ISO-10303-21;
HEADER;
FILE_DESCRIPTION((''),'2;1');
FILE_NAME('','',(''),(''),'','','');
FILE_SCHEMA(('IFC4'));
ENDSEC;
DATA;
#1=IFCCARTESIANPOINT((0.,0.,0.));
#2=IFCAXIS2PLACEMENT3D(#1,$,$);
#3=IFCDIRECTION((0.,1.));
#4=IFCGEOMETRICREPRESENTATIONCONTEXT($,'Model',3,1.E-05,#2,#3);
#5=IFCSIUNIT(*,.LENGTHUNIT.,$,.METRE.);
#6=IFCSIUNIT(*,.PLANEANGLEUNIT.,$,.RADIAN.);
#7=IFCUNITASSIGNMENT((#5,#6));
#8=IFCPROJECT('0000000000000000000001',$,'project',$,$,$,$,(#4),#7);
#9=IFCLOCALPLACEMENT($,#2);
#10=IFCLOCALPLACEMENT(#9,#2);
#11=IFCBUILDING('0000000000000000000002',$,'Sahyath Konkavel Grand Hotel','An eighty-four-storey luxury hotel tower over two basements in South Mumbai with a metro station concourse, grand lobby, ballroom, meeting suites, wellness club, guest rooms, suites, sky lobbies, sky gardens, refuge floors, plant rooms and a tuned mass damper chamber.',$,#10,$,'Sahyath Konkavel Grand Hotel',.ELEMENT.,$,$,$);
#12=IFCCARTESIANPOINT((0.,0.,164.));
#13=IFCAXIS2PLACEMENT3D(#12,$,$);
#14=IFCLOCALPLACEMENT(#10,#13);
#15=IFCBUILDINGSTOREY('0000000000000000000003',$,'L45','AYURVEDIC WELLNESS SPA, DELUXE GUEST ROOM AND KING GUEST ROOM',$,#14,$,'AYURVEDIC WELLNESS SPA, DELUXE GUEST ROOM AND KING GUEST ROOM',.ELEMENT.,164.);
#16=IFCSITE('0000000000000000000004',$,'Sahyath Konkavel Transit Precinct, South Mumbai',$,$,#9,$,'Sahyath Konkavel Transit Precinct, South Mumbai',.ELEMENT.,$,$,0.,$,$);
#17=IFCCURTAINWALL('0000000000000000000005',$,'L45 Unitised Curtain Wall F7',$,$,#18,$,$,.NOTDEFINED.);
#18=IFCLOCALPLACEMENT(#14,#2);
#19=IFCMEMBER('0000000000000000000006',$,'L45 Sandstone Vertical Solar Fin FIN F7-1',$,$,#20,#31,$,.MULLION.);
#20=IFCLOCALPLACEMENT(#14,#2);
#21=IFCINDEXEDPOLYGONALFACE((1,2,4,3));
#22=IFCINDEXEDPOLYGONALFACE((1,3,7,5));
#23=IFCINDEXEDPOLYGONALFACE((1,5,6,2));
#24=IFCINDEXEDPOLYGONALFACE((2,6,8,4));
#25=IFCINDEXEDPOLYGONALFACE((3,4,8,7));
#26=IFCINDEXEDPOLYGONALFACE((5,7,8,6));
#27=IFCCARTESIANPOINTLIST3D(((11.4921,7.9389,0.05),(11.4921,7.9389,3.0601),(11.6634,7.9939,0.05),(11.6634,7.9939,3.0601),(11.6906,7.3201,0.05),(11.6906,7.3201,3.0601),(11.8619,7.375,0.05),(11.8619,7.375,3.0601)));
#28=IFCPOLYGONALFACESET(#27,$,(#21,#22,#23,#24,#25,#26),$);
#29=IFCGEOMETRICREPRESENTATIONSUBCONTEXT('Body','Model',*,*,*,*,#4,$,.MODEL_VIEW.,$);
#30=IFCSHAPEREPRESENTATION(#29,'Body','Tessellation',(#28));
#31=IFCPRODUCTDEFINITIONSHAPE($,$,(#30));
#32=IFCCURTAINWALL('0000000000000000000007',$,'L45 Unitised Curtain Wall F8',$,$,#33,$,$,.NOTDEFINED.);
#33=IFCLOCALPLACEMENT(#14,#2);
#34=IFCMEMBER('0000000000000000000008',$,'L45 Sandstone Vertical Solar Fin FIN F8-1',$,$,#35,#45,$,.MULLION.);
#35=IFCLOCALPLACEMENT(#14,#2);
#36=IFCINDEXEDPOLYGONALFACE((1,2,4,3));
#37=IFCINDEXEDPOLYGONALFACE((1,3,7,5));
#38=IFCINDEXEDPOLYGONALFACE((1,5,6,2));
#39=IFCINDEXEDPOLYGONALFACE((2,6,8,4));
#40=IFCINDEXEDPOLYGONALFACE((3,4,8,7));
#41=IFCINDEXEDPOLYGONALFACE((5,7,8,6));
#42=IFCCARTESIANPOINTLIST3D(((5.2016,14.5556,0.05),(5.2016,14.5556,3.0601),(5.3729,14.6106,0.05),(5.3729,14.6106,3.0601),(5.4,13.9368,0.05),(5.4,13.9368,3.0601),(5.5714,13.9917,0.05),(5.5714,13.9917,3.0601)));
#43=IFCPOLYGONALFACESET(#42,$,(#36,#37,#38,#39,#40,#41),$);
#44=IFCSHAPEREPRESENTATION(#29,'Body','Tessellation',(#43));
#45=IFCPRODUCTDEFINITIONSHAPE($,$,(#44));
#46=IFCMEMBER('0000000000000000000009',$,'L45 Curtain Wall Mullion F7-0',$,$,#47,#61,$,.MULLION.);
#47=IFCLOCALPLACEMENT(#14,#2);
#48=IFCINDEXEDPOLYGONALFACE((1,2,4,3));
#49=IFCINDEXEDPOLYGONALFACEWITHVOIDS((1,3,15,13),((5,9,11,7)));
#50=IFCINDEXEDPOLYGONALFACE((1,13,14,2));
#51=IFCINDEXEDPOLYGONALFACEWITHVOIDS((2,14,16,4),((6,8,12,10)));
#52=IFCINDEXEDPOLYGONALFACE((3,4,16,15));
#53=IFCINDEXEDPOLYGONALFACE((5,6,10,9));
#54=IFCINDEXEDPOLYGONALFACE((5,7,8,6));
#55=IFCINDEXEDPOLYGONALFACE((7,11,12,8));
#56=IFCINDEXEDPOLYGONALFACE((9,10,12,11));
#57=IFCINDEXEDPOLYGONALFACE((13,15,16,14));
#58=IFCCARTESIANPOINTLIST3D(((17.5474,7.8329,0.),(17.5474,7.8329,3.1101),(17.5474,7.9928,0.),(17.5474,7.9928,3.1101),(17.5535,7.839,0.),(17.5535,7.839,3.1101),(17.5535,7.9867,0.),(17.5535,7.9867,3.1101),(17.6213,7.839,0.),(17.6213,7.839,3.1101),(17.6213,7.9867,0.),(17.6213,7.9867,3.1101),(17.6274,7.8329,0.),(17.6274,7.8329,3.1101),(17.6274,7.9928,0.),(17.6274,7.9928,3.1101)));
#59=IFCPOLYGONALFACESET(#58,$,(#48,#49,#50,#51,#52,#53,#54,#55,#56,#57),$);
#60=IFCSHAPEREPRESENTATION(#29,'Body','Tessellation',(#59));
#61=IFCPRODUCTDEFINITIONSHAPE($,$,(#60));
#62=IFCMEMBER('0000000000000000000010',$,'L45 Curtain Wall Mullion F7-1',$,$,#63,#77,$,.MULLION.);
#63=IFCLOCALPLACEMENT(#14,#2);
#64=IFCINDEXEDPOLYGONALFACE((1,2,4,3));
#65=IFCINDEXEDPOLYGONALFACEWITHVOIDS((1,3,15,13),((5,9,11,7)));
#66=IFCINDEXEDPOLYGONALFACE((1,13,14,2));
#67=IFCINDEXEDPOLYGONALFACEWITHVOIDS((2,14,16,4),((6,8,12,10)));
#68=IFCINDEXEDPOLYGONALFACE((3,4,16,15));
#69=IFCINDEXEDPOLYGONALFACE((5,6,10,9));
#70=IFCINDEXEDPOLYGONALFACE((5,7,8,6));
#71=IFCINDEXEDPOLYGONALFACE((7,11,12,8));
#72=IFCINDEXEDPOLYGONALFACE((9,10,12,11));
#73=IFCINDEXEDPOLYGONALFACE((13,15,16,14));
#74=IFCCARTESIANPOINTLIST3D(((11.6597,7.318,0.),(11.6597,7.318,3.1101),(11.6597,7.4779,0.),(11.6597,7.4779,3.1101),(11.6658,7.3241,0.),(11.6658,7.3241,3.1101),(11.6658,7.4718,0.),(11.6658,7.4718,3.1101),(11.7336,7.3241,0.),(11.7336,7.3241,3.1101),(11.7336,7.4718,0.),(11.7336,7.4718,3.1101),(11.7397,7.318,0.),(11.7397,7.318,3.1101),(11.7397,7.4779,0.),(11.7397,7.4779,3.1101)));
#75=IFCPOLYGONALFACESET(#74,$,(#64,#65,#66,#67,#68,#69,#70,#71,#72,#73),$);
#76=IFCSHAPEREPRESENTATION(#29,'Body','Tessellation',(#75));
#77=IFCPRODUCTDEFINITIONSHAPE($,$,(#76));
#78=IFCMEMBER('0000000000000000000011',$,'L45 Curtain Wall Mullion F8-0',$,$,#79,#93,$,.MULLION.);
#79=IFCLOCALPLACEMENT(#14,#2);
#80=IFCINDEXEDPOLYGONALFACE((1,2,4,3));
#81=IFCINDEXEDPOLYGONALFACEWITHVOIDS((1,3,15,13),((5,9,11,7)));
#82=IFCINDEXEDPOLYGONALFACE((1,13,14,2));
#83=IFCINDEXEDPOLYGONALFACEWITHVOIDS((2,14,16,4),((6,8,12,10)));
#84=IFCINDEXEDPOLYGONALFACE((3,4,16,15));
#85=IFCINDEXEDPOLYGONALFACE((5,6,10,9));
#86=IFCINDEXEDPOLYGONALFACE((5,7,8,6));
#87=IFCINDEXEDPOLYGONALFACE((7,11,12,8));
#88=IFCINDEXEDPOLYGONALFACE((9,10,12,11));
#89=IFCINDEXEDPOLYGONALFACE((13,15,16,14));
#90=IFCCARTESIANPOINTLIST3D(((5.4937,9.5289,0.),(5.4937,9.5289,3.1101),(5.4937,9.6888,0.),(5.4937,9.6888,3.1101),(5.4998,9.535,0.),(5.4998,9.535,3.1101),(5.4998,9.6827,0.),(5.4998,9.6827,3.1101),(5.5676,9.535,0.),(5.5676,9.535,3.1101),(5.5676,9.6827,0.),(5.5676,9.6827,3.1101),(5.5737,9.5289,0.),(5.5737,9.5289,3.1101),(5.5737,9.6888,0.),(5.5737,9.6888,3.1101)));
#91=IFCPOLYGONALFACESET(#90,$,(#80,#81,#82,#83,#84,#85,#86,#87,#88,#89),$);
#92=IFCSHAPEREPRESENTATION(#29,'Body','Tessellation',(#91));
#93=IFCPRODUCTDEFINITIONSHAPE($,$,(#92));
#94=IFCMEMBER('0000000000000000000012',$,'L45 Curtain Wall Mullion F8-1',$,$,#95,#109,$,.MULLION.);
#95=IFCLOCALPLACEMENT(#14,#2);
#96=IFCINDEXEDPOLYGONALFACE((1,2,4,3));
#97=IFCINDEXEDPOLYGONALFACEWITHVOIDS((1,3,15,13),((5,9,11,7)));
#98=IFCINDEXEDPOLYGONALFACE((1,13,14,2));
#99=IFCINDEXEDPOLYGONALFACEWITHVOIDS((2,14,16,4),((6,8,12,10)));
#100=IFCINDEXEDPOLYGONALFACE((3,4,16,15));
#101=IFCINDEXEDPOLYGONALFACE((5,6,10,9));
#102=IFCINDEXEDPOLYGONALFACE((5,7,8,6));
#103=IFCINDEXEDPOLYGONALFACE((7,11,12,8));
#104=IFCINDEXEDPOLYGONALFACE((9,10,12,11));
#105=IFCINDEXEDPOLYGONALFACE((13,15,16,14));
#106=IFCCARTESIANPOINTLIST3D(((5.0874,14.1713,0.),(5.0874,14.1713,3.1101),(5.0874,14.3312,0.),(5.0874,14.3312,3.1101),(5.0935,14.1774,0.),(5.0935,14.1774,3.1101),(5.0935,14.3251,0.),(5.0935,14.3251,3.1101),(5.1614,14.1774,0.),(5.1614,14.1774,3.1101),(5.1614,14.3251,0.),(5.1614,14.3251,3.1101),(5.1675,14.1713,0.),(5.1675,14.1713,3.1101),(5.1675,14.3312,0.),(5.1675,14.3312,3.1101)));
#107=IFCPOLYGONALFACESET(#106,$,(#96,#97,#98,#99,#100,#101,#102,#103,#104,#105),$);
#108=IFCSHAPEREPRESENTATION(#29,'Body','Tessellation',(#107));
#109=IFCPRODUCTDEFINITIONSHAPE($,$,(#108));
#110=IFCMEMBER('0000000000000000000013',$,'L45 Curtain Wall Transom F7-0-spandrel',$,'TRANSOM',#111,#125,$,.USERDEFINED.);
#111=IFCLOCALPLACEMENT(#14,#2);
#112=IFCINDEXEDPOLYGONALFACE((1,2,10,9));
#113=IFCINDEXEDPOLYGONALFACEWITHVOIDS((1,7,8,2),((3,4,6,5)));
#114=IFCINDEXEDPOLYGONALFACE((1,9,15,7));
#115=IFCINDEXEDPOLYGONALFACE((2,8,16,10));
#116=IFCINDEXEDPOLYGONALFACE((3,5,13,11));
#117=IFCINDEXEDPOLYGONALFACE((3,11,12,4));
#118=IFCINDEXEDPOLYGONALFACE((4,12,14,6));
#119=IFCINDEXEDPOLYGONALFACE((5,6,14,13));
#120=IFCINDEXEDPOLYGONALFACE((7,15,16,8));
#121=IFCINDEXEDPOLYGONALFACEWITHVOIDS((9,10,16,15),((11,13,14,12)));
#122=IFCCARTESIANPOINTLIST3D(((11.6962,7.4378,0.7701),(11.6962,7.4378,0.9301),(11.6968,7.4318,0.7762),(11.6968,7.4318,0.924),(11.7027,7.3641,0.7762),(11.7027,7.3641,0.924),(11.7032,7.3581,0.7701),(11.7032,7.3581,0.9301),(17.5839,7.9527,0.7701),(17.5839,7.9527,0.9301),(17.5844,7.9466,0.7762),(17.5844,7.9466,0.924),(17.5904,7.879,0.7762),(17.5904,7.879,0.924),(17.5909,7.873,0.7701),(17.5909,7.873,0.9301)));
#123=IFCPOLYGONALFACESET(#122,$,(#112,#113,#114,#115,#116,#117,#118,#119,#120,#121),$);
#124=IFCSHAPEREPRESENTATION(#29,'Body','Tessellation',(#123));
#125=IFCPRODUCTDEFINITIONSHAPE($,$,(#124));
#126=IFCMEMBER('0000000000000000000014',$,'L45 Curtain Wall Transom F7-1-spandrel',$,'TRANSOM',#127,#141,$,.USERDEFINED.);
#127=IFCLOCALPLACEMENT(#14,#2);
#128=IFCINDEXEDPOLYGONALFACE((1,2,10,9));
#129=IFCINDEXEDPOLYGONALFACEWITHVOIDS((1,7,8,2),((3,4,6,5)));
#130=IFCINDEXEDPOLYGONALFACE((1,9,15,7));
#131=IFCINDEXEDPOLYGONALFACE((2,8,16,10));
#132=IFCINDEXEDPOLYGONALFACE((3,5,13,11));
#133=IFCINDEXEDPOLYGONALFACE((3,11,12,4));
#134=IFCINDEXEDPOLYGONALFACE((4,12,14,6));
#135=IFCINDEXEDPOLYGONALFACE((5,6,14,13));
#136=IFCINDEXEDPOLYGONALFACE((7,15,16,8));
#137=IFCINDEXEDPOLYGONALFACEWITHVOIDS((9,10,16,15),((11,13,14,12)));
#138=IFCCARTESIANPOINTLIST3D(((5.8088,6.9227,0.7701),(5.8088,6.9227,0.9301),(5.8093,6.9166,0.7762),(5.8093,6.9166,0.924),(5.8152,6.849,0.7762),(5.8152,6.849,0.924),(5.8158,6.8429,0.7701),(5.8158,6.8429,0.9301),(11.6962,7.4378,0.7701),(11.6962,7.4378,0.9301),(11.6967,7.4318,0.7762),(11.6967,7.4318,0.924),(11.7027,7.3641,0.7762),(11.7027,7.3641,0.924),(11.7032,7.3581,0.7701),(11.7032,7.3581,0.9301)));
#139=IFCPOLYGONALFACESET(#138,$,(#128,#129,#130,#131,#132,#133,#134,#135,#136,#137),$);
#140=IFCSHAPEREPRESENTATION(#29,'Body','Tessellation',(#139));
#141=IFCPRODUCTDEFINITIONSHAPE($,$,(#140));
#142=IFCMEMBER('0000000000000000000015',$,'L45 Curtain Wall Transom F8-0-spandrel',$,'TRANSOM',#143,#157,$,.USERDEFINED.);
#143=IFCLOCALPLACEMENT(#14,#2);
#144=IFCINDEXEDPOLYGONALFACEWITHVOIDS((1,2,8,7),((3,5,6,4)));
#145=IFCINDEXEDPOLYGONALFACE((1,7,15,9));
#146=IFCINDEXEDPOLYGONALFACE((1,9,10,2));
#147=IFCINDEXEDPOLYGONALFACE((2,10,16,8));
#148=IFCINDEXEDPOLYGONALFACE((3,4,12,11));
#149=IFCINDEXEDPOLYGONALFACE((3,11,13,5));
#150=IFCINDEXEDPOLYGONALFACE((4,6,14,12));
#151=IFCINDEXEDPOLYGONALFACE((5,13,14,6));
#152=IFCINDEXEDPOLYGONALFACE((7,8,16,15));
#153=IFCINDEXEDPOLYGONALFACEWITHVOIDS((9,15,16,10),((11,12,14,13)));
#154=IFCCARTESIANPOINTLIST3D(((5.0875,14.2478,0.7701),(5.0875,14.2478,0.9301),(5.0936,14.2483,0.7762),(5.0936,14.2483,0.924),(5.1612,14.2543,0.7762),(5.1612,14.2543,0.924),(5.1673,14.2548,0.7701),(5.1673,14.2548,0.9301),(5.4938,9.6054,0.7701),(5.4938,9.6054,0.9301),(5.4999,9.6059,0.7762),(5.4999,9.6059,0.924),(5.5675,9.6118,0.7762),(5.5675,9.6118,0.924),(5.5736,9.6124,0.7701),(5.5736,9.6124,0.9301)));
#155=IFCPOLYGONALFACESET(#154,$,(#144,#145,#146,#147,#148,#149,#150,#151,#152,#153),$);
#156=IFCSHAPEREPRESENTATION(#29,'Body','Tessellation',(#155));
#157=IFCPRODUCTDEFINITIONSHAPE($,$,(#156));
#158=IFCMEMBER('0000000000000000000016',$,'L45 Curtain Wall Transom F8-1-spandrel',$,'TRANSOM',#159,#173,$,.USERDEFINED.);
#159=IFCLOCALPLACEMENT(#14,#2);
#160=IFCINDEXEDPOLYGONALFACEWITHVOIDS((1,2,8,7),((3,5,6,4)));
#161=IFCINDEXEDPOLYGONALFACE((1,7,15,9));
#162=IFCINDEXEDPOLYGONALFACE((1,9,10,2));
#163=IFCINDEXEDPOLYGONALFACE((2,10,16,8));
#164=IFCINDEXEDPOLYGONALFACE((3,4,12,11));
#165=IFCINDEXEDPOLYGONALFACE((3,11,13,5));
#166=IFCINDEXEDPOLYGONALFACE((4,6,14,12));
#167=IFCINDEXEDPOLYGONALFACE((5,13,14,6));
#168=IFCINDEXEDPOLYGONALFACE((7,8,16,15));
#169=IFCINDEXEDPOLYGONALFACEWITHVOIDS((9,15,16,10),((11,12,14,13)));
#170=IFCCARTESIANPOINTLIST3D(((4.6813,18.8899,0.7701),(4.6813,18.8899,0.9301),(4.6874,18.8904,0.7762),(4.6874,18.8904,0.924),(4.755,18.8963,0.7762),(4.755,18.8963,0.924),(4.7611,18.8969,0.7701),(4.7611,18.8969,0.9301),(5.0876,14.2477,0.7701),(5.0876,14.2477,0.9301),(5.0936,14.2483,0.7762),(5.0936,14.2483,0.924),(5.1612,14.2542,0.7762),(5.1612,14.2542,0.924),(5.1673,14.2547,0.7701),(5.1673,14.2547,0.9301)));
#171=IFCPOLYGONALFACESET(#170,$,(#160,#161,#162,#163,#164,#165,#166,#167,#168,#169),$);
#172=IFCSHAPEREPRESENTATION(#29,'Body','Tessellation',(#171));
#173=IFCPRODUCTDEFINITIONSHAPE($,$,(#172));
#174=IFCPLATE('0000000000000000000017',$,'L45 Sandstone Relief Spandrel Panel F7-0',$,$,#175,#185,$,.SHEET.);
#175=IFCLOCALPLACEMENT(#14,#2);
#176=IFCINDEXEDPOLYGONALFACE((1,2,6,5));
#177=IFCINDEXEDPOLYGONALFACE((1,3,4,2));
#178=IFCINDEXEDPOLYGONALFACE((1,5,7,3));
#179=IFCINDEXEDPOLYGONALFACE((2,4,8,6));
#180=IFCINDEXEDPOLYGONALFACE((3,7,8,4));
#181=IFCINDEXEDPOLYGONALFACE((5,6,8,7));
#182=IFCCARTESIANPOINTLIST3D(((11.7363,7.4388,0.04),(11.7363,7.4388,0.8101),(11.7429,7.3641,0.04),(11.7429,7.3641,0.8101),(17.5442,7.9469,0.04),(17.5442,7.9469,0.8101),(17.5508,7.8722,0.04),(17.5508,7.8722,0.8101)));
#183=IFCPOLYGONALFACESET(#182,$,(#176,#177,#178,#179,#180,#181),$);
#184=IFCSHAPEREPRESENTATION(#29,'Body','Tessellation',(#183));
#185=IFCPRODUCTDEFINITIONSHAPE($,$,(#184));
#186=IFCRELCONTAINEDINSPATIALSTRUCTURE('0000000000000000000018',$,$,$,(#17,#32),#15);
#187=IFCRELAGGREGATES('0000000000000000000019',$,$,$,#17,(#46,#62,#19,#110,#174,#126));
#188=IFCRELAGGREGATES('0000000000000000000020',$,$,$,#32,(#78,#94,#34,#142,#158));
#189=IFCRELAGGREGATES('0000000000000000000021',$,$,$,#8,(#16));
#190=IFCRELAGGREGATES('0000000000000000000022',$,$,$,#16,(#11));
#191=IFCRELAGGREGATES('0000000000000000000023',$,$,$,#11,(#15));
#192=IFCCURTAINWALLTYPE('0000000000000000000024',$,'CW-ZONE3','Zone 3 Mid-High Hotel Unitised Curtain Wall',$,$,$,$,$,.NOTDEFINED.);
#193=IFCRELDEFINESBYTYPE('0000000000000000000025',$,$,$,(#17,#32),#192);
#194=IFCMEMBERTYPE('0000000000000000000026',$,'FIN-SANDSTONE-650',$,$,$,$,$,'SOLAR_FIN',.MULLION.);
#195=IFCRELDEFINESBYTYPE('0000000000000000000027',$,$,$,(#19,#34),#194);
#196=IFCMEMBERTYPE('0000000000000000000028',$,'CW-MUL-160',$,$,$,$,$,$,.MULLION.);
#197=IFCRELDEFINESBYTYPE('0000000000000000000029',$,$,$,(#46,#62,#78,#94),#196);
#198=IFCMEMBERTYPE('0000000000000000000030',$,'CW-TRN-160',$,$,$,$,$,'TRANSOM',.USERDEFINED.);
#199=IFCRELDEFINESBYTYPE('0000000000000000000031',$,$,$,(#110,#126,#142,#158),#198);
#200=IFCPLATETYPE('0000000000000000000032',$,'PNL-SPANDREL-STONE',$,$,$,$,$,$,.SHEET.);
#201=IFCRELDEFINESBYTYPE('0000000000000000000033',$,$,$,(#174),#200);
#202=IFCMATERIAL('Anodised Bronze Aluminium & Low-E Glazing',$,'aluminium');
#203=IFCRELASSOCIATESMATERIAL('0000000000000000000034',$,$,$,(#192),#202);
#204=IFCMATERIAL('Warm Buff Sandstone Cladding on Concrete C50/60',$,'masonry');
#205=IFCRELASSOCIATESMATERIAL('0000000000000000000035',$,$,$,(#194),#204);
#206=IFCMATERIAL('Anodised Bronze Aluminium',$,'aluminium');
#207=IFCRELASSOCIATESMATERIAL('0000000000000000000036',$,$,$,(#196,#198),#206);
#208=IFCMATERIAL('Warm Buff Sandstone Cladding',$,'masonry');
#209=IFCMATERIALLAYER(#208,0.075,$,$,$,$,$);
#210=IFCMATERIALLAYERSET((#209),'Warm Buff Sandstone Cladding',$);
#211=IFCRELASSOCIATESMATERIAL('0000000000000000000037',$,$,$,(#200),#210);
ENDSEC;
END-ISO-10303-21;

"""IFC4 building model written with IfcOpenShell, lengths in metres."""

from ifc_helpers import new_model, si_unit, direction, frame, origin, origin_2d, place, context, subcontext, project, spatial, rectangle, hollow_rectangle, extrude, source, transform, mapped, material, layer, layer_set, material_profile, profile_set, type_object, element, aggregate, save


model = new_model("IFC4")

# Units and contexts
model_context = context("Model", 3, precision=1e-05, world=origin(), true_north=direction((0.0, 1.0)))
body_context = subcontext(model_context, "Body", "Model", "MODEL_VIEW")
ifc_project = project(units=[si_unit("LENGTHUNIT", "METRE"), si_unit("PLANEANGLEUNIT", "RADIAN")], contexts=[model_context])

# Site, building, storey
site_placement = place(None, origin())
site = spatial("IfcSite", under=ifc_project, at=site_placement, Name="Sahyath Konkavel Transit Precinct, South Mumbai", LongName="Sahyath Konkavel Transit Precinct, South Mumbai", CompositionType="ELEMENT", RefElevation=0.0)
building_placement = place(site_placement, origin())
building = spatial("IfcBuilding", under=site, at=building_placement, Name="Sahyath Konkavel Grand Hotel", Description="An eighty-four-storey luxury hotel tower over two basements in South Mumbai with a metro station concourse, grand lobby, ballroom, meeting suites, wellness club, guest rooms, suites, sky lobbies, sky gardens, refuge floors, plant rooms and a tuned mass damper chamber.", LongName="Sahyath Konkavel Grand Hotel", CompositionType="ELEMENT")
storey_placement = place(building_placement, frame((0.0, 0.0, 164.0)))
storey = spatial("IfcBuildingStorey", under=building, at=storey_placement, Name="L45", Description="AYURVEDIC WELLNESS SPA, DELUXE GUEST ROOM AND KING GUEST ROOM", LongName="AYURVEDIC WELLNESS SPA, DELUXE GUEST ROOM AND KING GUEST ROOM", CompositionType="ELEMENT", Elevation=164.0)

# Curtain walls, members
ifc_material_1 = material(Name="Anodised Bronze Aluminium & Low-E Glazing", Category="aluminium")
curtain_wall_type = type_object("IfcCurtainWallType", Name="CW-ZONE3", Description="Zone 3 Mid-High Hotel Unitised Curtain Wall", PredefinedType="NOTDEFINED", material=ifc_material_1)
curtain_wall_1_placement = place(storey_placement, origin())
curtain_wall_1 = element("IfcCurtainWall", 1, at=curtain_wall_1_placement, inside=storey, type_object=curtain_wall_type, Name="L45 Unitised Curtain Wall F7", PredefinedType="NOTDEFINED")
ifc_material_2 = material(Name="Warm Buff Sandstone Cladding on Concrete C50/60", Category="masonry")
ifc_material_profile_1 = material_profile(ifc_material_2, rectangle(XDim=0.1799, YDim=0.6499, at=origin_2d()), Name="FIN 180x650")
ifc_profile_set_1 = profile_set([ifc_material_profile_1], Name="Warm Buff Sandstone Cladding on Concrete C50/60")
member_type_1 = type_object("IfcMemberType", Name="FIN-SANDSTONE-650", ElementType="SOLAR_FIN", PredefinedType="MULLION", material=ifc_profile_set_1)
shared_shape_1 = source(origin(), body_context, "Body", "SweptSolid", [
    extrude(rectangle(XDim=0.1799, YDim=0.6499, at=origin_2d()), origin(), (0.0, 0.0, 1.0), 3.01),
])
member_1_placement = place(storey_placement, frame((11.677, 7.657, 0.05), z_axis=(0.0, 0.0, 1.0), x_axis=(0.952236, 0.305363, 0.0)))
member_1 = element("IfcMember", 2, at=member_1_placement, type_object=member_type_1, Name="L45 Sandstone Vertical Solar Fin FIN F7-1", PredefinedType="MULLION", context=body_context, shape_type="MappedRepresentation", body=[
    mapped(shared_shape_1, transform((0.0, 0.0, 0.0), scale=1.0)),
])
curtain_wall_2_placement = place(storey_placement, origin())
curtain_wall_2 = element("IfcCurtainWall", 3, at=curtain_wall_2_placement, inside=storey, type_object=curtain_wall_type, Name="L45 Unitised Curtain Wall F8", PredefinedType="NOTDEFINED")
member_2_placement = place(storey_placement, frame((5.3865, 14.2737, 0.05), z_axis=(0.0, 0.0, 1.0), x_axis=(0.952236, 0.305363, 0.0)))
member_2 = element("IfcMember", 4, at=member_2_placement, type_object=member_type_1, Name="L45 Sandstone Vertical Solar Fin FIN F8-1", PredefinedType="MULLION", context=body_context, shape_type="MappedRepresentation", body=[
    mapped(shared_shape_1, transform((0.0, 0.0, 0.0), scale=1.0)),
])

# Members
ifc_material_3 = material(Name="Anodised Bronze Aluminium", Category="aluminium")
ifc_material_profile_2 = material_profile(ifc_material_3, hollow_rectangle(XDim=0.0801, YDim=0.1599, WallThickness=0.0061, at=origin_2d()), Name="RHS 160x80x6")
ifc_profile_set_2 = profile_set([ifc_material_profile_2], Name="Anodised Bronze Aluminium")
member_type_2 = type_object("IfcMemberType", Name="CW-MUL-160", PredefinedType="MULLION", material=ifc_profile_set_2)
shared_shape_2 = source(origin(), body_context, "Body", "SweptSolid", [
    extrude(hollow_rectangle(XDim=0.0801, YDim=0.1599, WallThickness=0.0061, at=origin_2d()), origin(), (0.0, 0.0, 1.0), 3.1101),
])
member_3_placement = place(storey_placement, frame((17.5874, 7.9128, 0.0), z_axis=(0.0, 0.0, 1.0), x_axis=(1.0, 0.0, 0.0)))
member_3 = element("IfcMember", 5, at=member_3_placement, type_object=member_type_2, Name="L45 Curtain Wall Mullion F7-0", PredefinedType="MULLION", context=body_context, shape_type="MappedRepresentation", body=[
    mapped(shared_shape_2, transform((0.0, 0.0, 0.0), scale=1.0)),
])
member_4_placement = place(storey_placement, frame((11.6997, 7.3979, 0.0), z_axis=(0.0, 0.0, 1.0), x_axis=(1.0, 0.0, 0.0)))
member_4 = element("IfcMember", 6, at=member_4_placement, type_object=member_type_2, Name="L45 Curtain Wall Mullion F7-1", PredefinedType="MULLION", context=body_context, shape_type="MappedRepresentation", body=[
    mapped(shared_shape_2, transform((0.0, 0.0, 0.0), scale=1.0)),
])
member_5_placement = place(storey_placement, frame((5.5337, 9.6089, 0.0), z_axis=(0.0, 0.0, 1.0), x_axis=(1.0, 0.0, 0.0)))
member_5 = element("IfcMember", 7, at=member_5_placement, type_object=member_type_2, Name="L45 Curtain Wall Mullion F8-0", PredefinedType="MULLION", context=body_context, shape_type="MappedRepresentation", body=[
    mapped(shared_shape_2, transform((0.0, 0.0, 0.0), scale=1.0)),
])
member_6_placement = place(storey_placement, frame((5.1274, 14.2512, 0.0), z_axis=(0.0, 0.0, 1.0), x_axis=(1.0, 0.0, 0.0)))
member_6 = element("IfcMember", 8, at=member_6_placement, type_object=member_type_2, Name="L45 Curtain Wall Mullion F8-1", PredefinedType="MULLION", context=body_context, shape_type="MappedRepresentation", body=[
    mapped(shared_shape_2, transform((0.0, 0.0, 0.0), scale=1.0)),
])
ifc_material_profile_3 = material_profile(ifc_material_3, hollow_rectangle(XDim=0.0801, YDim=0.1599, WallThickness=0.0061, at=origin_2d()), Name="RHS 160x80x6")
ifc_profile_set_3 = profile_set([ifc_material_profile_3], Name="Anodised Bronze Aluminium")
member_type_3 = type_object("IfcMemberType", Name="CW-TRN-160", ElementType="TRANSOM", PredefinedType="USERDEFINED", material=ifc_profile_set_3)
shared_shape_3 = source(origin(), body_context, "Body", "SweptSolid", [
    extrude(hollow_rectangle(XDim=0.0801, YDim=0.1599, WallThickness=0.0061, at=origin_2d()), origin(), (0.0, 0.0, 1.0), 5.9102),
])
member_7_placement = place(storey_placement, frame((17.5874, 7.9128, 0.8501), z_axis=(-0.996198, -0.08712, 0.0), x_axis=(0.08712, -0.996198, 0.0)))
member_7 = element("IfcMember", 9, at=member_7_placement, type_object=member_type_3, Name="L45 Curtain Wall Transom F7-0-spandrel", ObjectType="TRANSOM", PredefinedType="USERDEFINED", context=body_context, shape_type="MappedRepresentation", body=[
    mapped(shared_shape_3, transform((0.0, 0.0, 0.0), scale=1.0)),
])
shared_shape_4 = source(origin(), body_context, "Body", "SweptSolid", [
    extrude(hollow_rectangle(XDim=0.0801, YDim=0.1599, WallThickness=0.0061, at=origin_2d()), origin(), (0.0, 0.0, 1.0), 5.9099),
])
member_8_placement = place(storey_placement, frame((11.6997, 7.3979, 0.8501), z_axis=(-0.996194, -0.087164, 0.0), x_axis=(0.087164, -0.996194, 0.0)))
member_8 = element("IfcMember", 10, at=member_8_placement, type_object=member_type_3, Name="L45 Curtain Wall Transom F7-1-spandrel", ObjectType="TRANSOM", PredefinedType="USERDEFINED", context=body_context, shape_type="MappedRepresentation", body=[
    mapped(shared_shape_4, transform((0.0, 0.0, 0.0), scale=1.0)),
])
shared_shape_5 = source(origin(), body_context, "Body", "SweptSolid", [
    extrude(hollow_rectangle(XDim=0.0801, YDim=0.1599, WallThickness=0.0061, at=origin_2d()), origin(), (0.0, 0.0, 1.0), 4.6602),
])
member_9_placement = place(storey_placement, frame((5.5337, 9.6089, 0.8501), z_axis=(-0.087177, 0.996193, 0.0), x_axis=(-0.996193, -0.087177, 0.0)))
member_9 = element("IfcMember", 11, at=member_9_placement, type_object=member_type_3, Name="L45 Curtain Wall Transom F8-0-spandrel", ObjectType="TRANSOM", PredefinedType="USERDEFINED", context=body_context, shape_type="MappedRepresentation", body=[
    mapped(shared_shape_5, transform((0.0, 0.0, 0.0), scale=1.0)),
])
shared_shape_6 = source(origin(), body_context, "Body", "SweptSolid", [
    extrude(hollow_rectangle(XDim=0.0801, YDim=0.1599, WallThickness=0.0061, at=origin_2d()), origin(), (0.0, 0.0, 1.0), 4.6599),
])
member_10_placement = place(storey_placement, frame((5.1274, 14.2512, 0.8501), z_axis=(-0.087181, 0.996192, 0.0), x_axis=(-0.996192, -0.087181, 0.0)))
member_10 = element("IfcMember", 12, at=member_10_placement, type_object=member_type_3, Name="L45 Curtain Wall Transom F8-1-spandrel", ObjectType="TRANSOM", PredefinedType="USERDEFINED", context=body_context, shape_type="MappedRepresentation", body=[
    mapped(shared_shape_6, transform((0.0, 0.0, 0.0), scale=1.0)),
])

# Plate
ifc_material_4 = material(Name="Warm Buff Sandstone Cladding", Category="masonry")
ifc_layer_1 = layer(ifc_material_4, 0.075)
ifc_layer_set_1 = layer_set([ifc_layer_1], Name="Warm Buff Sandstone Cladding")
plate_type_1 = type_object("IfcPlateType", Name="PNL-SPANDREL-STONE", PredefinedType="SHEET", material=ifc_layer_set_1)
shared_shape_7 = source(origin(), body_context, "Body", "SweptSolid", [
    extrude(rectangle(XDim=5.8301, YDim=0.075, at=origin_2d()), origin(), (0.0, 0.0, 1.0), 0.77),
])
plate_1_placement = place(storey_placement, frame((14.6436, 7.6555, 0.04), z_axis=(0.0, 0.0, 1.0), x_axis=(-0.996195, -0.087156, 0.0)))
plate_1 = element("IfcPlate", 13, at=plate_1_placement, type_object=plate_type_1, Name="L45 Sandstone Relief Spandrel Panel F7-0", PredefinedType="SHEET", context=body_context, shape_type="MappedRepresentation", body=[
    mapped(shared_shape_7, transform((0.0, 0.0, 0.0), scale=1.0)),
])
aggregate(curtain_wall_1, [member_3, member_4, member_1, member_7, plate_1, member_8])
aggregate(curtain_wall_2, [member_5, member_6, member_2, member_9, member_10])

save(model, "model.ifc")
